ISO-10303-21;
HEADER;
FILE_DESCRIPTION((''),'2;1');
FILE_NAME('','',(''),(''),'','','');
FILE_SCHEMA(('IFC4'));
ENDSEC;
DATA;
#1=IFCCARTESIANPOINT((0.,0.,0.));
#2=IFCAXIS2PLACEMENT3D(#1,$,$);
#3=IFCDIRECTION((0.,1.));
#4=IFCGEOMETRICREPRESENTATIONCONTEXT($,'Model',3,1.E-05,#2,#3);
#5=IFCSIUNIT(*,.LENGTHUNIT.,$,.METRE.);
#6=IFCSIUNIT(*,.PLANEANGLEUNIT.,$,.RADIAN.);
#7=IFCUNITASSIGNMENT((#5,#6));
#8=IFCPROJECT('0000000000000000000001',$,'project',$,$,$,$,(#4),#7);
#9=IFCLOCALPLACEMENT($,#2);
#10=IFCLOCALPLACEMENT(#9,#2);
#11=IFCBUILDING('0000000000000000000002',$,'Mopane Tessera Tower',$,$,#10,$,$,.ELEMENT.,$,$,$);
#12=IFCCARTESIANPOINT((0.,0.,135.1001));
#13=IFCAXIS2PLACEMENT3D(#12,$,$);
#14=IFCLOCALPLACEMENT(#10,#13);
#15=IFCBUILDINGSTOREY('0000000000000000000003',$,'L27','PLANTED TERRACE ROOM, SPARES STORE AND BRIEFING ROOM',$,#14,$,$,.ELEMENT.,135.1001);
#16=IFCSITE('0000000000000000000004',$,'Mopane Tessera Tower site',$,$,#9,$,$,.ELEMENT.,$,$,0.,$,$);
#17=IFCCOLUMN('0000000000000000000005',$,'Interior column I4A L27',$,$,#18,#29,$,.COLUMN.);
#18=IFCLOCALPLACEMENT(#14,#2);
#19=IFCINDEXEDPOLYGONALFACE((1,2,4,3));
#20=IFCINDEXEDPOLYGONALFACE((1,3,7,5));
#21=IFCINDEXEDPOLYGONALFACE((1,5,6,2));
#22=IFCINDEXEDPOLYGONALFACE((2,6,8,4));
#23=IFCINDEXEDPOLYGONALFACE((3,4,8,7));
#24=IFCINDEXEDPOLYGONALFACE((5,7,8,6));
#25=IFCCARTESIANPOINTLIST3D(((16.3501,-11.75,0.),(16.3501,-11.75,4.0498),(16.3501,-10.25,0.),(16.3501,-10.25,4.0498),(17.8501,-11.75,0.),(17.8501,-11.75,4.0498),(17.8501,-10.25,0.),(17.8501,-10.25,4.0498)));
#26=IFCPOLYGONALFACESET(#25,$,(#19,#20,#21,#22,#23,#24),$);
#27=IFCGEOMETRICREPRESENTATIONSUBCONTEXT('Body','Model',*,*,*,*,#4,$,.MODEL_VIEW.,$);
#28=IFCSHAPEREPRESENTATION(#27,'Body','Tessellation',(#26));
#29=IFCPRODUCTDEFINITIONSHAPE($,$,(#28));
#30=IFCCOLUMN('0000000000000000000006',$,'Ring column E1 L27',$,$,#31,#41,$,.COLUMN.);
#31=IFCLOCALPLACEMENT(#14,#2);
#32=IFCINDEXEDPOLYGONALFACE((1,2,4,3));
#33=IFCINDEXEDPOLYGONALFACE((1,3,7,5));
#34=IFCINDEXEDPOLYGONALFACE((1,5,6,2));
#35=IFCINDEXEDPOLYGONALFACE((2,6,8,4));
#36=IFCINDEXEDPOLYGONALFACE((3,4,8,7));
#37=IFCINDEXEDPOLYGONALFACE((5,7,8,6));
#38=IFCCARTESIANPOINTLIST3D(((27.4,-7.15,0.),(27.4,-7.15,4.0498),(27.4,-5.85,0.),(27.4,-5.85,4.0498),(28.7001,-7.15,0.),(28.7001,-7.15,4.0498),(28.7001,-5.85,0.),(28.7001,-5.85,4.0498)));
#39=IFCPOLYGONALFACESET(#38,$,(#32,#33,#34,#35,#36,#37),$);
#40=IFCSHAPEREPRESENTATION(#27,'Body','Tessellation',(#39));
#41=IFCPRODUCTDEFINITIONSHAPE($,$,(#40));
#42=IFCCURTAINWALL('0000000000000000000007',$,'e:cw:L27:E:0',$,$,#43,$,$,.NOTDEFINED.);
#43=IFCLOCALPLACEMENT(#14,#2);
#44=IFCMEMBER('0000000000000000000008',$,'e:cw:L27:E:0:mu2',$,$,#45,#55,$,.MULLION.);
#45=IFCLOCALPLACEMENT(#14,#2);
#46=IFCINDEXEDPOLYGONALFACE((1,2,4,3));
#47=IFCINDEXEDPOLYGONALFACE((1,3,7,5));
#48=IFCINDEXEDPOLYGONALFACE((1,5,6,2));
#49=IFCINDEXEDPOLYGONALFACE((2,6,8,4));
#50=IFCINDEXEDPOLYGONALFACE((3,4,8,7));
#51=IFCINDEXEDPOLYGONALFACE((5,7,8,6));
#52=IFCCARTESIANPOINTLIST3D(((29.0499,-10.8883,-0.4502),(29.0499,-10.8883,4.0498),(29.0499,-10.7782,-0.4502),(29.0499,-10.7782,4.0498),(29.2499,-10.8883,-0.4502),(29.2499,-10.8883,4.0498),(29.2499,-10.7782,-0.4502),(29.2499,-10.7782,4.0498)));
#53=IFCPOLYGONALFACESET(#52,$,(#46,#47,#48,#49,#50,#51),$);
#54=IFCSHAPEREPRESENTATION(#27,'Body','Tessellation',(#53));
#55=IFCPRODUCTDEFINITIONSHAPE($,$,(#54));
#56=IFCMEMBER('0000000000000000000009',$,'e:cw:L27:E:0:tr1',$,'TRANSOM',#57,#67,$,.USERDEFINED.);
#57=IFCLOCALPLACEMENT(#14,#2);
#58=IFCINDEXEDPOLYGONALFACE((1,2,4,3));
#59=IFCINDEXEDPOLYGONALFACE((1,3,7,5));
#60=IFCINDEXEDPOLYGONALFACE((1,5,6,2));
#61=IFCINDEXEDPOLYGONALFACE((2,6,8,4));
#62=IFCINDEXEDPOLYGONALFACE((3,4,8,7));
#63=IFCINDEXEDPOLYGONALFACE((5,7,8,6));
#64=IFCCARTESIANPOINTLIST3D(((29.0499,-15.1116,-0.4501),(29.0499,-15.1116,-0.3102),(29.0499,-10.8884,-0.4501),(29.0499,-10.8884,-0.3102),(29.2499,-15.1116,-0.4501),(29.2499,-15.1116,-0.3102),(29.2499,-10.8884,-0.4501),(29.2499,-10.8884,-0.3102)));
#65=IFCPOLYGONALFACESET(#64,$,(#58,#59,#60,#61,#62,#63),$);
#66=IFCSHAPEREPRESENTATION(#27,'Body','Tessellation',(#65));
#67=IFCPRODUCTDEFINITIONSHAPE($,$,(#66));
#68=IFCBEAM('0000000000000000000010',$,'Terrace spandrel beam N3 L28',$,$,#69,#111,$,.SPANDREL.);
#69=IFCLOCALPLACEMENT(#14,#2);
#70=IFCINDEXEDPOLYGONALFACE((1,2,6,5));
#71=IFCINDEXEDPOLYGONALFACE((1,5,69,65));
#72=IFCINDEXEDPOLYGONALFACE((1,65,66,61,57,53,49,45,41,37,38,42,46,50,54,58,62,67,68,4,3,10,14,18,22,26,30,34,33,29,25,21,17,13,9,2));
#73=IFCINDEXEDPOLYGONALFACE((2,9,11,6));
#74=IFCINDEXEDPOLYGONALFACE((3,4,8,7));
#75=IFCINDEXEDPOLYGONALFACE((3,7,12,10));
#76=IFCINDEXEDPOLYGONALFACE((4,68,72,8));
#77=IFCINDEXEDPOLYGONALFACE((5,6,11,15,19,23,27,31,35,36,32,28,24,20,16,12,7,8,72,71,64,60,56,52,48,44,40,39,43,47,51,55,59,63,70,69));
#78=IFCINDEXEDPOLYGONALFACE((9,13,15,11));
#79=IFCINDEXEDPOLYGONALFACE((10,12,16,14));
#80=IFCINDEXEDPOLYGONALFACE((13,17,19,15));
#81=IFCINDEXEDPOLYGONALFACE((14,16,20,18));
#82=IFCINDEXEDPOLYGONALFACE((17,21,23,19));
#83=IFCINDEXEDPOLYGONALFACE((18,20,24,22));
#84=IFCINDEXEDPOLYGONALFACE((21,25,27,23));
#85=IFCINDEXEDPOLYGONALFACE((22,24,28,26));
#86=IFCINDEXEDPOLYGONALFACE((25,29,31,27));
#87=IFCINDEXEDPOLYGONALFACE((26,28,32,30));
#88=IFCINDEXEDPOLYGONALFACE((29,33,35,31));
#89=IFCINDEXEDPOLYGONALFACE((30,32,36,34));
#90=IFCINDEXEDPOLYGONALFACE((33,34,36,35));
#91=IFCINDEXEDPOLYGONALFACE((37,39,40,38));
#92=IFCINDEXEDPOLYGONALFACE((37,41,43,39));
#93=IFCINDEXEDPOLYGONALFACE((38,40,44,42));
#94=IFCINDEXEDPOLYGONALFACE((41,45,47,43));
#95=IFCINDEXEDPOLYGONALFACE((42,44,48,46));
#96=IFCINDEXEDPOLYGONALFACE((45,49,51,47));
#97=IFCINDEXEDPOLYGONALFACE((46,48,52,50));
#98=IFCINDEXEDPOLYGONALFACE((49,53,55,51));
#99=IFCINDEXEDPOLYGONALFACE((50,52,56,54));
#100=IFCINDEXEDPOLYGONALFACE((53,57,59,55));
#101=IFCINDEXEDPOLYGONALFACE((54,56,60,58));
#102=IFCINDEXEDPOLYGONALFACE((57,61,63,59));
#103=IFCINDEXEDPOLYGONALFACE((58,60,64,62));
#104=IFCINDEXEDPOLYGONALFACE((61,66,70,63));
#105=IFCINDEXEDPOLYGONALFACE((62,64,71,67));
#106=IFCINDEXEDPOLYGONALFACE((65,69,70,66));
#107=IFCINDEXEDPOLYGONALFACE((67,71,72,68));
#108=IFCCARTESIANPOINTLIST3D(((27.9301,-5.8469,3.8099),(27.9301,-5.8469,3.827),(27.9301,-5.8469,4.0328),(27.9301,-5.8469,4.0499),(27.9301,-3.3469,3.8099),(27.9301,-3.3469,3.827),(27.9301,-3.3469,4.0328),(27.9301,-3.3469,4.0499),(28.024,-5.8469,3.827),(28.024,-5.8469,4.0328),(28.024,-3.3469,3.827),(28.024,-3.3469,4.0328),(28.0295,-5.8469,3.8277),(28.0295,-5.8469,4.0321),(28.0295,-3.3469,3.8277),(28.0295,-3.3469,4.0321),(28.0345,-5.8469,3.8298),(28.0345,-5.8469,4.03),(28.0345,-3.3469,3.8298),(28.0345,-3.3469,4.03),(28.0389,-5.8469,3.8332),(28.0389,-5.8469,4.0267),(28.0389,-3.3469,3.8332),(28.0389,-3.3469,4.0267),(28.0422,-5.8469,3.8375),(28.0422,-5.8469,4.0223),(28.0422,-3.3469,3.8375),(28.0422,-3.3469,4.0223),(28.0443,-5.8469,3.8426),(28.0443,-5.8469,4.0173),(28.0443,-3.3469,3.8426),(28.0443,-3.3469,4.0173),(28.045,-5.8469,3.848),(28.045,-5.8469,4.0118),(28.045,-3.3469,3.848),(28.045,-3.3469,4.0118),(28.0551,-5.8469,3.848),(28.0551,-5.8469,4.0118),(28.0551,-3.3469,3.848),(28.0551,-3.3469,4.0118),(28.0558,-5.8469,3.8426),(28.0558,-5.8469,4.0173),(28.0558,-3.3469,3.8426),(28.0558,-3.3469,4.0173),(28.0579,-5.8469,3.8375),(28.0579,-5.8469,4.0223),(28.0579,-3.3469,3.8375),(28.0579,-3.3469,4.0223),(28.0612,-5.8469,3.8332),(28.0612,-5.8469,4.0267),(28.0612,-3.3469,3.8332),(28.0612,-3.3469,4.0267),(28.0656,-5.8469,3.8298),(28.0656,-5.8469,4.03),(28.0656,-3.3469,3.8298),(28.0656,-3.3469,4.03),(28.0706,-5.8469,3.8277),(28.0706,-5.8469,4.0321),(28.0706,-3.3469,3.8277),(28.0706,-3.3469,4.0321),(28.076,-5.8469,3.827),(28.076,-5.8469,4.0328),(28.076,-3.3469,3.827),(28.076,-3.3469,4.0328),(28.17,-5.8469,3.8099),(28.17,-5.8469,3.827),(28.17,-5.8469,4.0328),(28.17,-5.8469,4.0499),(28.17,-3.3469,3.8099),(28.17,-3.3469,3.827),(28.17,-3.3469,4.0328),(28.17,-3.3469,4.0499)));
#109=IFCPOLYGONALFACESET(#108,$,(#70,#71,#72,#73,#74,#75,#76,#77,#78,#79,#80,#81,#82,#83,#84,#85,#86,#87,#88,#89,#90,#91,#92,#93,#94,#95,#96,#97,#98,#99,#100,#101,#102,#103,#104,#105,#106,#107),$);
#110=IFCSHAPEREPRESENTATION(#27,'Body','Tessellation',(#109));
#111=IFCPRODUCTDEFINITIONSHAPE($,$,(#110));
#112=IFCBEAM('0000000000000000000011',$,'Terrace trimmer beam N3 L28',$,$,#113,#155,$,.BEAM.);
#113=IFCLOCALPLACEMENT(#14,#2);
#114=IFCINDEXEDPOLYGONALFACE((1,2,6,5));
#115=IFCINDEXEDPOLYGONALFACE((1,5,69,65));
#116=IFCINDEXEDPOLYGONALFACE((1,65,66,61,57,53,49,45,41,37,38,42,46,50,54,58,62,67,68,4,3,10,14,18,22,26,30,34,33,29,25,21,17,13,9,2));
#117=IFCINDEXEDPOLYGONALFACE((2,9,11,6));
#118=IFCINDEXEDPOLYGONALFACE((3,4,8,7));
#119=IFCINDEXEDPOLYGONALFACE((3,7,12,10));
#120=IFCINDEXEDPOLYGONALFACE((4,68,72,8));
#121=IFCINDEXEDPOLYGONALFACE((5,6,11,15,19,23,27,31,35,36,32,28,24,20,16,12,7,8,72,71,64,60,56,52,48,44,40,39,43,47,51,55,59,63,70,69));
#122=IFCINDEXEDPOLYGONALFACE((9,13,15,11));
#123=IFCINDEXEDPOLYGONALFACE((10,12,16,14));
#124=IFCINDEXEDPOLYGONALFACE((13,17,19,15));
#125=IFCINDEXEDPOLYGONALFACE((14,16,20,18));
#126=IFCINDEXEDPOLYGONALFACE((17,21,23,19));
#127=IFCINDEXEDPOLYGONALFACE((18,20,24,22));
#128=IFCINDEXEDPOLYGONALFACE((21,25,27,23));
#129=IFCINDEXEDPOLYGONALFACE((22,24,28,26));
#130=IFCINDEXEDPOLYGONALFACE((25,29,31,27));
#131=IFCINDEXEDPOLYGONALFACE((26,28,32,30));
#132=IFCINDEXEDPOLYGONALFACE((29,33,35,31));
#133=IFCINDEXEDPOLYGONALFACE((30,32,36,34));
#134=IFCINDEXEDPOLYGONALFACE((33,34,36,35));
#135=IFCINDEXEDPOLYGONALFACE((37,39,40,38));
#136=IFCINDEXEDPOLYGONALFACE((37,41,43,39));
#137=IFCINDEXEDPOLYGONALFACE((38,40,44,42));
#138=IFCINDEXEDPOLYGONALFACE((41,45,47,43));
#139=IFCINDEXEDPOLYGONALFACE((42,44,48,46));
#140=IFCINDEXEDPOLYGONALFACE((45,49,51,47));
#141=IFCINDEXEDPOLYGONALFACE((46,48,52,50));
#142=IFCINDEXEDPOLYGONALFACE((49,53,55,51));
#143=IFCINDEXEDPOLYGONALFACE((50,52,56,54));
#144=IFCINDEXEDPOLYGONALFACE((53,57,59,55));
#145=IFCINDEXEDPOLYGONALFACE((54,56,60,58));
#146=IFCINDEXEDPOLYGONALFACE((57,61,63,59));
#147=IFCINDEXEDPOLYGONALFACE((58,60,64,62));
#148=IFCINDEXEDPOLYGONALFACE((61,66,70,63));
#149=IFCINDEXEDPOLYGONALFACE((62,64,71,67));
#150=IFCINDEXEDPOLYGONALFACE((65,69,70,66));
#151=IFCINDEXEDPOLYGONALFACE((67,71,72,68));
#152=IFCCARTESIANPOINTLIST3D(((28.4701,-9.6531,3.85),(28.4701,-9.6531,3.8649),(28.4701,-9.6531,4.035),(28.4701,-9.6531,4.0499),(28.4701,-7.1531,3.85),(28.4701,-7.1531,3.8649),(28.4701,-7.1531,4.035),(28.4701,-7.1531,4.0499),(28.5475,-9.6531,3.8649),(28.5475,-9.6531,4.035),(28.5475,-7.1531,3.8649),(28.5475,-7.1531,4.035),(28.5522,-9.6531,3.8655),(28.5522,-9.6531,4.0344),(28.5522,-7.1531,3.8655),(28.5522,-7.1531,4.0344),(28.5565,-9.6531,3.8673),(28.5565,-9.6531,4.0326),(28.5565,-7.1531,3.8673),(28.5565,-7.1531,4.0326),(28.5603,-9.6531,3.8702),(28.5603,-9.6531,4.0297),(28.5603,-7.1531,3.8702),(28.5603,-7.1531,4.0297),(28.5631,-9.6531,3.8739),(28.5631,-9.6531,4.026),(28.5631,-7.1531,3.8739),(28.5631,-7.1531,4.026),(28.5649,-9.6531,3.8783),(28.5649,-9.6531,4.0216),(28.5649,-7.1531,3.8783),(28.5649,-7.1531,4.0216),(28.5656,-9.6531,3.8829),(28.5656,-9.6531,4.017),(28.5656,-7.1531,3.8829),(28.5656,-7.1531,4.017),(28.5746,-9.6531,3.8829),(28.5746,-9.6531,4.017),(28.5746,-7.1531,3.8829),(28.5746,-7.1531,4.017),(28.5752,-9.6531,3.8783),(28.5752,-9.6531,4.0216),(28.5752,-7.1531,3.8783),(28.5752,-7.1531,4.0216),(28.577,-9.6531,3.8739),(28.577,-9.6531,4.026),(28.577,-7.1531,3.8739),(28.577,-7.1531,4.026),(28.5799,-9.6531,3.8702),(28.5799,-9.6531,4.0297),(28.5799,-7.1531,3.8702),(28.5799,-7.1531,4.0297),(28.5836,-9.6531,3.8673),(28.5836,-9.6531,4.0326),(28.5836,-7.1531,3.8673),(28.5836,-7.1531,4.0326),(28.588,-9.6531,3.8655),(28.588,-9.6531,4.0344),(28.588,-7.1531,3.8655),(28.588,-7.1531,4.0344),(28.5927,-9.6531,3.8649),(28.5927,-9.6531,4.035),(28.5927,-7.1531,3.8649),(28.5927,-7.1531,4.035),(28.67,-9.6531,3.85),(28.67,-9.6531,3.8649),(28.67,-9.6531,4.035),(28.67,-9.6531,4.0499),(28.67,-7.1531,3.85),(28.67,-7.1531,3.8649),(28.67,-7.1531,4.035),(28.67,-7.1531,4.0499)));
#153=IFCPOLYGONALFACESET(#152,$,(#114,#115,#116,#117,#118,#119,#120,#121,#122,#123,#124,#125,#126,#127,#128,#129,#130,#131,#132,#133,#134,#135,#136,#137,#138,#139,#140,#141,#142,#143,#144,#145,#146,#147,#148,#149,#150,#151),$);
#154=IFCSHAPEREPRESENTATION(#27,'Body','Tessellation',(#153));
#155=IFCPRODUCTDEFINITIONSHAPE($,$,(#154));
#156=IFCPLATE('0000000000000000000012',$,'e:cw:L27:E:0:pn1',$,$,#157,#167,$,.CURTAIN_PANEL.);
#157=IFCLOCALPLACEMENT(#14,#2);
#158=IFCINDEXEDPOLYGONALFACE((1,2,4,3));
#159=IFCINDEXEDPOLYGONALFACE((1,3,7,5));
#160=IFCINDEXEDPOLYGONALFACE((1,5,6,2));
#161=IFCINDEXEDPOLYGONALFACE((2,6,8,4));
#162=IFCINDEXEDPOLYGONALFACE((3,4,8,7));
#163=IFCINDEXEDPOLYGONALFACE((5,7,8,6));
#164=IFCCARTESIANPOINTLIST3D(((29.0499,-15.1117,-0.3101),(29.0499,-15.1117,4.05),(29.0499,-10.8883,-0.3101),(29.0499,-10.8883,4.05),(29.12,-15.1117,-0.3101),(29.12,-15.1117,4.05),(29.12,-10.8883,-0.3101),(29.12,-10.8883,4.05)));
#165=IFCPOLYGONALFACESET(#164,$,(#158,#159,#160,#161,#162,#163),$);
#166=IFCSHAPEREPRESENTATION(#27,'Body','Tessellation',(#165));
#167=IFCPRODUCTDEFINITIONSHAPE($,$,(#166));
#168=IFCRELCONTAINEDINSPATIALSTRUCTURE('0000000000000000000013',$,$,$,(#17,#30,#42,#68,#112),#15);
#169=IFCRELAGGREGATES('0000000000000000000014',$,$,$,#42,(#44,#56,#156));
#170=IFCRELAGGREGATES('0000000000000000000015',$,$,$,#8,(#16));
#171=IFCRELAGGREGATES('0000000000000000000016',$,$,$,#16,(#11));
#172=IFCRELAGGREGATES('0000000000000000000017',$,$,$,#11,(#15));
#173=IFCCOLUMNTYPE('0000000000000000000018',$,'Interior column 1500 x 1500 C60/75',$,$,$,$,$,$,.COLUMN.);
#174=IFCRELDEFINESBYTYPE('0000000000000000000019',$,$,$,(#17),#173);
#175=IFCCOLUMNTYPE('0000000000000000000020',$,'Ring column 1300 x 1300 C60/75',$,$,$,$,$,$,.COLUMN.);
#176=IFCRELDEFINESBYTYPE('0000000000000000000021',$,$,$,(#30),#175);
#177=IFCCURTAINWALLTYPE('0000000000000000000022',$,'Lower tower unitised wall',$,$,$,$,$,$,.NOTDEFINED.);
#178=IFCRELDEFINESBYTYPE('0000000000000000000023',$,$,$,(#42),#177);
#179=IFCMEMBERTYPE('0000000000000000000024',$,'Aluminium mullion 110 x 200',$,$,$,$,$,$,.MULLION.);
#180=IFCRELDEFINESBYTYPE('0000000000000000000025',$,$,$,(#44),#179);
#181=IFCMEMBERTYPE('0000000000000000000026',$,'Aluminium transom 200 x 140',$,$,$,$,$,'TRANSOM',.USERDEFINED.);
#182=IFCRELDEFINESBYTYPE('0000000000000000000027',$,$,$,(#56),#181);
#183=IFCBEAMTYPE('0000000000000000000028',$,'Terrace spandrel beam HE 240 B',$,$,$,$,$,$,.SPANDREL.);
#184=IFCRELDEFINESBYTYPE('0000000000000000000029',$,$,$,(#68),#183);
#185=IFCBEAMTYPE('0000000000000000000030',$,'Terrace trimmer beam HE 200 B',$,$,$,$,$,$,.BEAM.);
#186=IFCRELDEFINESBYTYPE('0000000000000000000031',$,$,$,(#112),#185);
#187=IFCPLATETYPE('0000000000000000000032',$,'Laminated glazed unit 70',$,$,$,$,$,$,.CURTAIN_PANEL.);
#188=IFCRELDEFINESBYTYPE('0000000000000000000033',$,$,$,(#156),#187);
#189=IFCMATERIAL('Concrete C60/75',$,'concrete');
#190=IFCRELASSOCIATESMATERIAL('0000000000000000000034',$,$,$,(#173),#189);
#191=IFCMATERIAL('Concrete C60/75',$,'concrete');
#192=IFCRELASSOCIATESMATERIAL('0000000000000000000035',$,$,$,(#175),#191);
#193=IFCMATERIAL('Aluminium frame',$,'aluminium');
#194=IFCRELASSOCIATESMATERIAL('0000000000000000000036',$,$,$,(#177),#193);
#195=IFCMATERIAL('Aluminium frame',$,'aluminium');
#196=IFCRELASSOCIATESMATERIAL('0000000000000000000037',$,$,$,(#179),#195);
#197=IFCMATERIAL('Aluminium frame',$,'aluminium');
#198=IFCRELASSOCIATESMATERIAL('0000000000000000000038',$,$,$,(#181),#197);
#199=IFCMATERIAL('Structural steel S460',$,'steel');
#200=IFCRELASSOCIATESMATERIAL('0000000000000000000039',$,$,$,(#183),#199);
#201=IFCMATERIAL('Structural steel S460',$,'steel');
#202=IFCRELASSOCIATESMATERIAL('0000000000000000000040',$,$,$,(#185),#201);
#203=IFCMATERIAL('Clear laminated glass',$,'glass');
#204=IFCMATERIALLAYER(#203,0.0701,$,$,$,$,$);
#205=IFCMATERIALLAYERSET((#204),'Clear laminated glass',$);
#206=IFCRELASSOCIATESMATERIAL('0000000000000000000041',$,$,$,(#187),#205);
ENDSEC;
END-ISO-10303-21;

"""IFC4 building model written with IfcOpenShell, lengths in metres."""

from ifc_helpers import new_model, si_unit, direction, frame, origin, origin_2d, place, context, subcontext, project, spatial, rectangle, i_section, extrude, material, layer, layer_set, material_profile, profile_set, type_object, element, aggregate, save


model = new_model("IFC4")

# Units and contexts
model_context = context("Model", 3, precision=1e-05, world=origin(), true_north=direction((0.0, 1.0)))
body_context = subcontext(model_context, "Body", "Model", "MODEL_VIEW")
ifc_project = project(units=[si_unit("LENGTHUNIT", "METRE"), si_unit("PLANEANGLEUNIT", "RADIAN")], contexts=[model_context])

# Site, building, storey
site_placement = place(None, origin())
site = spatial("IfcSite", under=ifc_project, at=site_placement, Name="Mopane Tessera Tower site", CompositionType="ELEMENT", RefElevation=0.0)
building_placement = place(site_placement, origin())
building = spatial("IfcBuilding", under=site, at=building_placement, Name="Mopane Tessera Tower", CompositionType="ELEMENT")
storey_placement = place(building_placement, frame((0.0, 0.0, 135.1001)))
storey = spatial("IfcBuildingStorey", under=building, at=storey_placement, Name="L27", Description="PLANTED TERRACE ROOM, SPARES STORE AND BRIEFING ROOM", CompositionType="ELEMENT", Elevation=135.1001)

# Columns
ifc_material_1 = material(Name="Concrete C60/75", Category="concrete")
ifc_material_profile_1 = material_profile(ifc_material_1, rectangle(XDim=1.5, YDim=1.5, at=origin_2d()))
ifc_profile_set_1 = profile_set([ifc_material_profile_1], Name="Concrete C60/75")
column_type_1 = type_object("IfcColumnType", Name="Interior column 1500 x 1500 C60/75", PredefinedType="COLUMN", material=ifc_profile_set_1)
column_1_placement = place(storey_placement, frame((17.1001, -11.0, 0.0), z_axis=(0.0, 0.0, 1.0), x_axis=(1.0, 0.0, 0.0)))
element("IfcColumn", 1, at=column_1_placement, inside=storey, type_object=column_type_1, Name="Interior column I4A L27", PredefinedType="COLUMN", context=body_context, shape_type="SweptSolid", body=[
    extrude(rectangle(XDim=1.5, YDim=1.5, at=origin_2d()), origin(), (0.0, 0.0, 1.0), 4.0498),
])
ifc_material_2 = material(Name="Concrete C60/75", Category="concrete")
ifc_material_profile_2 = material_profile(ifc_material_2, rectangle(XDim=1.3, YDim=1.3, at=origin_2d()))
ifc_profile_set_2 = profile_set([ifc_material_profile_2], Name="Concrete C60/75")
column_type_2 = type_object("IfcColumnType", Name="Ring column 1300 x 1300 C60/75", PredefinedType="COLUMN", material=ifc_profile_set_2)
column_2_placement = place(storey_placement, frame((28.05, -6.5, 0.0), z_axis=(0.0, 0.0, 1.0), x_axis=(1.0, 0.0, 0.0)))
element("IfcColumn", 2, at=column_2_placement, inside=storey, type_object=column_type_2, Name="Ring column E1 L27", PredefinedType="COLUMN", context=body_context, shape_type="SweptSolid", body=[
    extrude(rectangle(XDim=1.3, YDim=1.3, at=origin_2d()), origin(), (0.0, 0.0, 1.0), 4.0498),
])

# Curtain wall, members
ifc_material_3 = material(Name="Aluminium frame", Category="aluminium")
curtain_wall_type = type_object("IfcCurtainWallType", Name="Lower tower unitised wall", PredefinedType="NOTDEFINED", material=ifc_material_3)
curtain_wall_placement = place(storey_placement, origin())
curtain_wall = element("IfcCurtainWall", 3, at=curtain_wall_placement, inside=storey, type_object=curtain_wall_type, Name="e:cw:L27:E:0", PredefinedType="NOTDEFINED")
ifc_material_4 = material(Name="Aluminium frame", Category="aluminium")
ifc_material_profile_3 = material_profile(ifc_material_4, rectangle(XDim=0.1101, YDim=0.2, at=origin_2d()))
ifc_profile_set_3 = profile_set([ifc_material_profile_3], Name="Aluminium frame")
member_type_1 = type_object("IfcMemberType", Name="Aluminium mullion 110 x 200", PredefinedType="MULLION", material=ifc_profile_set_3)
member_1_placement = place(storey_placement, frame((29.1499, -10.8333, -0.4502), z_axis=(0.0, 0.0, 1.0), x_axis=(0.0, 1.0, 0.0)))
member_1 = element("IfcMember", 4, at=member_1_placement, type_object=member_type_1, Name="e:cw:L27:E:0:mu2", PredefinedType="MULLION", context=body_context, shape_type="SweptSolid", body=[
    extrude(rectangle(XDim=0.1101, YDim=0.2, at=origin_2d()), origin(), (0.0, 0.0, 1.0), 4.5),
])
ifc_material_5 = material(Name="Aluminium frame", Category="aluminium")
ifc_material_profile_4 = material_profile(ifc_material_5, rectangle(XDim=0.2, YDim=0.1399, at=origin_2d()))
ifc_profile_set_4 = profile_set([ifc_material_profile_4], Name="Aluminium frame")
member_type_2 = type_object("IfcMemberType", Name="Aluminium transom 200 x 140", ElementType="TRANSOM", PredefinedType="USERDEFINED", material=ifc_profile_set_4)
member_2_placement = place(storey_placement, frame((29.1499, -15.1116, -0.3801), z_axis=(0.0, 1.0, 0.0), x_axis=(-1.0, 0.0, 0.0)))
member_2 = element("IfcMember", 5, at=member_2_placement, type_object=member_type_2, Name="e:cw:L27:E:0:tr1", ObjectType="TRANSOM", PredefinedType="USERDEFINED", context=body_context, shape_type="SweptSolid", body=[
    extrude(rectangle(XDim=0.2, YDim=0.1399, at=origin_2d()), origin(), (0.0, 0.0, 1.0), 4.2231),
])

# Beams
ifc_material_6 = material(Name="Structural steel S460", Category="steel")
ifc_material_profile_5 = material_profile(ifc_material_6, i_section(OverallWidth=0.24, OverallDepth=0.24, WebThickness=0.01, FlangeThickness=0.0171, FilletRadius=0.021, at=origin_2d()))
ifc_profile_set_5 = profile_set([ifc_material_profile_5], Name="Structural steel S460")
beam_type_1 = type_object("IfcBeamType", Name="Terrace spandrel beam HE 240 B", PredefinedType="SPANDREL", material=ifc_profile_set_5)
beam_1_placement = place(storey_placement, frame((28.05, -5.8469, 3.9299), z_axis=(0.0, 1.0, 0.0), x_axis=(-1.0, 0.0, 0.0)))
element("IfcBeam", 6, at=beam_1_placement, inside=storey, type_object=beam_type_1, Name="Terrace spandrel beam N3 L28", PredefinedType="SPANDREL", context=body_context, shape_type="SweptSolid", body=[
    extrude(i_section(OverallWidth=0.24, OverallDepth=0.24, WebThickness=0.01, FlangeThickness=0.0171, FilletRadius=0.021, at=origin_2d()), origin(), (0.0, 0.0, 1.0), 2.5),
])
ifc_material_7 = material(Name="Structural steel S460", Category="steel")
ifc_material_profile_6 = material_profile(ifc_material_7, i_section(OverallWidth=0.2, OverallDepth=0.2, WebThickness=0.009, FlangeThickness=0.0149, FilletRadius=0.0181, at=origin_2d()))
ifc_profile_set_6 = profile_set([ifc_material_profile_6], Name="Structural steel S460")
beam_type_2 = type_object("IfcBeamType", Name="Terrace trimmer beam HE 200 B", PredefinedType="BEAM", material=ifc_profile_set_6)
beam_2_placement = place(storey_placement, frame((28.5701, -7.1531, 3.95), z_axis=(0.0, -1.0, 0.0), x_axis=(1.0, 0.0, 0.0)))
element("IfcBeam", 7, at=beam_2_placement, inside=storey, type_object=beam_type_2, Name="Terrace trimmer beam N3 L28", PredefinedType="BEAM", context=body_context, shape_type="SweptSolid", body=[
    extrude(i_section(OverallWidth=0.2, OverallDepth=0.2, WebThickness=0.009, FlangeThickness=0.0149, FilletRadius=0.0181, at=origin_2d()), origin(), (0.0, 0.0, 1.0), 2.5),
])

# Plate
ifc_material_8 = material(Name="Clear laminated glass", Category="glass")
ifc_layer_1 = layer(ifc_material_8, 0.0701)
ifc_layer_set_1 = layer_set([ifc_layer_1], Name="Clear laminated glass")
plate_type = type_object("IfcPlateType", Name="Laminated glazed unit 70", PredefinedType="CURTAIN_PANEL", material=ifc_layer_set_1)
plate_placement = place(storey_placement, frame((29.085, -13.0, -0.3101), z_axis=(0.0, 0.0, 1.0), x_axis=(0.0, 1.0, 0.0)))
plate = element("IfcPlate", 8, at=plate_placement, type_object=plate_type, Name="e:cw:L27:E:0:pn1", PredefinedType="CURTAIN_PANEL", context=body_context, shape_type="SweptSolid", body=[
    extrude(rectangle(XDim=4.2234, YDim=0.0701, at=origin_2d()), origin(), (0.0, 0.0, 1.0), 4.3601),
])
aggregate(curtain_wall, [member_1, member_2, plate])

save(model, "model.ifc")
